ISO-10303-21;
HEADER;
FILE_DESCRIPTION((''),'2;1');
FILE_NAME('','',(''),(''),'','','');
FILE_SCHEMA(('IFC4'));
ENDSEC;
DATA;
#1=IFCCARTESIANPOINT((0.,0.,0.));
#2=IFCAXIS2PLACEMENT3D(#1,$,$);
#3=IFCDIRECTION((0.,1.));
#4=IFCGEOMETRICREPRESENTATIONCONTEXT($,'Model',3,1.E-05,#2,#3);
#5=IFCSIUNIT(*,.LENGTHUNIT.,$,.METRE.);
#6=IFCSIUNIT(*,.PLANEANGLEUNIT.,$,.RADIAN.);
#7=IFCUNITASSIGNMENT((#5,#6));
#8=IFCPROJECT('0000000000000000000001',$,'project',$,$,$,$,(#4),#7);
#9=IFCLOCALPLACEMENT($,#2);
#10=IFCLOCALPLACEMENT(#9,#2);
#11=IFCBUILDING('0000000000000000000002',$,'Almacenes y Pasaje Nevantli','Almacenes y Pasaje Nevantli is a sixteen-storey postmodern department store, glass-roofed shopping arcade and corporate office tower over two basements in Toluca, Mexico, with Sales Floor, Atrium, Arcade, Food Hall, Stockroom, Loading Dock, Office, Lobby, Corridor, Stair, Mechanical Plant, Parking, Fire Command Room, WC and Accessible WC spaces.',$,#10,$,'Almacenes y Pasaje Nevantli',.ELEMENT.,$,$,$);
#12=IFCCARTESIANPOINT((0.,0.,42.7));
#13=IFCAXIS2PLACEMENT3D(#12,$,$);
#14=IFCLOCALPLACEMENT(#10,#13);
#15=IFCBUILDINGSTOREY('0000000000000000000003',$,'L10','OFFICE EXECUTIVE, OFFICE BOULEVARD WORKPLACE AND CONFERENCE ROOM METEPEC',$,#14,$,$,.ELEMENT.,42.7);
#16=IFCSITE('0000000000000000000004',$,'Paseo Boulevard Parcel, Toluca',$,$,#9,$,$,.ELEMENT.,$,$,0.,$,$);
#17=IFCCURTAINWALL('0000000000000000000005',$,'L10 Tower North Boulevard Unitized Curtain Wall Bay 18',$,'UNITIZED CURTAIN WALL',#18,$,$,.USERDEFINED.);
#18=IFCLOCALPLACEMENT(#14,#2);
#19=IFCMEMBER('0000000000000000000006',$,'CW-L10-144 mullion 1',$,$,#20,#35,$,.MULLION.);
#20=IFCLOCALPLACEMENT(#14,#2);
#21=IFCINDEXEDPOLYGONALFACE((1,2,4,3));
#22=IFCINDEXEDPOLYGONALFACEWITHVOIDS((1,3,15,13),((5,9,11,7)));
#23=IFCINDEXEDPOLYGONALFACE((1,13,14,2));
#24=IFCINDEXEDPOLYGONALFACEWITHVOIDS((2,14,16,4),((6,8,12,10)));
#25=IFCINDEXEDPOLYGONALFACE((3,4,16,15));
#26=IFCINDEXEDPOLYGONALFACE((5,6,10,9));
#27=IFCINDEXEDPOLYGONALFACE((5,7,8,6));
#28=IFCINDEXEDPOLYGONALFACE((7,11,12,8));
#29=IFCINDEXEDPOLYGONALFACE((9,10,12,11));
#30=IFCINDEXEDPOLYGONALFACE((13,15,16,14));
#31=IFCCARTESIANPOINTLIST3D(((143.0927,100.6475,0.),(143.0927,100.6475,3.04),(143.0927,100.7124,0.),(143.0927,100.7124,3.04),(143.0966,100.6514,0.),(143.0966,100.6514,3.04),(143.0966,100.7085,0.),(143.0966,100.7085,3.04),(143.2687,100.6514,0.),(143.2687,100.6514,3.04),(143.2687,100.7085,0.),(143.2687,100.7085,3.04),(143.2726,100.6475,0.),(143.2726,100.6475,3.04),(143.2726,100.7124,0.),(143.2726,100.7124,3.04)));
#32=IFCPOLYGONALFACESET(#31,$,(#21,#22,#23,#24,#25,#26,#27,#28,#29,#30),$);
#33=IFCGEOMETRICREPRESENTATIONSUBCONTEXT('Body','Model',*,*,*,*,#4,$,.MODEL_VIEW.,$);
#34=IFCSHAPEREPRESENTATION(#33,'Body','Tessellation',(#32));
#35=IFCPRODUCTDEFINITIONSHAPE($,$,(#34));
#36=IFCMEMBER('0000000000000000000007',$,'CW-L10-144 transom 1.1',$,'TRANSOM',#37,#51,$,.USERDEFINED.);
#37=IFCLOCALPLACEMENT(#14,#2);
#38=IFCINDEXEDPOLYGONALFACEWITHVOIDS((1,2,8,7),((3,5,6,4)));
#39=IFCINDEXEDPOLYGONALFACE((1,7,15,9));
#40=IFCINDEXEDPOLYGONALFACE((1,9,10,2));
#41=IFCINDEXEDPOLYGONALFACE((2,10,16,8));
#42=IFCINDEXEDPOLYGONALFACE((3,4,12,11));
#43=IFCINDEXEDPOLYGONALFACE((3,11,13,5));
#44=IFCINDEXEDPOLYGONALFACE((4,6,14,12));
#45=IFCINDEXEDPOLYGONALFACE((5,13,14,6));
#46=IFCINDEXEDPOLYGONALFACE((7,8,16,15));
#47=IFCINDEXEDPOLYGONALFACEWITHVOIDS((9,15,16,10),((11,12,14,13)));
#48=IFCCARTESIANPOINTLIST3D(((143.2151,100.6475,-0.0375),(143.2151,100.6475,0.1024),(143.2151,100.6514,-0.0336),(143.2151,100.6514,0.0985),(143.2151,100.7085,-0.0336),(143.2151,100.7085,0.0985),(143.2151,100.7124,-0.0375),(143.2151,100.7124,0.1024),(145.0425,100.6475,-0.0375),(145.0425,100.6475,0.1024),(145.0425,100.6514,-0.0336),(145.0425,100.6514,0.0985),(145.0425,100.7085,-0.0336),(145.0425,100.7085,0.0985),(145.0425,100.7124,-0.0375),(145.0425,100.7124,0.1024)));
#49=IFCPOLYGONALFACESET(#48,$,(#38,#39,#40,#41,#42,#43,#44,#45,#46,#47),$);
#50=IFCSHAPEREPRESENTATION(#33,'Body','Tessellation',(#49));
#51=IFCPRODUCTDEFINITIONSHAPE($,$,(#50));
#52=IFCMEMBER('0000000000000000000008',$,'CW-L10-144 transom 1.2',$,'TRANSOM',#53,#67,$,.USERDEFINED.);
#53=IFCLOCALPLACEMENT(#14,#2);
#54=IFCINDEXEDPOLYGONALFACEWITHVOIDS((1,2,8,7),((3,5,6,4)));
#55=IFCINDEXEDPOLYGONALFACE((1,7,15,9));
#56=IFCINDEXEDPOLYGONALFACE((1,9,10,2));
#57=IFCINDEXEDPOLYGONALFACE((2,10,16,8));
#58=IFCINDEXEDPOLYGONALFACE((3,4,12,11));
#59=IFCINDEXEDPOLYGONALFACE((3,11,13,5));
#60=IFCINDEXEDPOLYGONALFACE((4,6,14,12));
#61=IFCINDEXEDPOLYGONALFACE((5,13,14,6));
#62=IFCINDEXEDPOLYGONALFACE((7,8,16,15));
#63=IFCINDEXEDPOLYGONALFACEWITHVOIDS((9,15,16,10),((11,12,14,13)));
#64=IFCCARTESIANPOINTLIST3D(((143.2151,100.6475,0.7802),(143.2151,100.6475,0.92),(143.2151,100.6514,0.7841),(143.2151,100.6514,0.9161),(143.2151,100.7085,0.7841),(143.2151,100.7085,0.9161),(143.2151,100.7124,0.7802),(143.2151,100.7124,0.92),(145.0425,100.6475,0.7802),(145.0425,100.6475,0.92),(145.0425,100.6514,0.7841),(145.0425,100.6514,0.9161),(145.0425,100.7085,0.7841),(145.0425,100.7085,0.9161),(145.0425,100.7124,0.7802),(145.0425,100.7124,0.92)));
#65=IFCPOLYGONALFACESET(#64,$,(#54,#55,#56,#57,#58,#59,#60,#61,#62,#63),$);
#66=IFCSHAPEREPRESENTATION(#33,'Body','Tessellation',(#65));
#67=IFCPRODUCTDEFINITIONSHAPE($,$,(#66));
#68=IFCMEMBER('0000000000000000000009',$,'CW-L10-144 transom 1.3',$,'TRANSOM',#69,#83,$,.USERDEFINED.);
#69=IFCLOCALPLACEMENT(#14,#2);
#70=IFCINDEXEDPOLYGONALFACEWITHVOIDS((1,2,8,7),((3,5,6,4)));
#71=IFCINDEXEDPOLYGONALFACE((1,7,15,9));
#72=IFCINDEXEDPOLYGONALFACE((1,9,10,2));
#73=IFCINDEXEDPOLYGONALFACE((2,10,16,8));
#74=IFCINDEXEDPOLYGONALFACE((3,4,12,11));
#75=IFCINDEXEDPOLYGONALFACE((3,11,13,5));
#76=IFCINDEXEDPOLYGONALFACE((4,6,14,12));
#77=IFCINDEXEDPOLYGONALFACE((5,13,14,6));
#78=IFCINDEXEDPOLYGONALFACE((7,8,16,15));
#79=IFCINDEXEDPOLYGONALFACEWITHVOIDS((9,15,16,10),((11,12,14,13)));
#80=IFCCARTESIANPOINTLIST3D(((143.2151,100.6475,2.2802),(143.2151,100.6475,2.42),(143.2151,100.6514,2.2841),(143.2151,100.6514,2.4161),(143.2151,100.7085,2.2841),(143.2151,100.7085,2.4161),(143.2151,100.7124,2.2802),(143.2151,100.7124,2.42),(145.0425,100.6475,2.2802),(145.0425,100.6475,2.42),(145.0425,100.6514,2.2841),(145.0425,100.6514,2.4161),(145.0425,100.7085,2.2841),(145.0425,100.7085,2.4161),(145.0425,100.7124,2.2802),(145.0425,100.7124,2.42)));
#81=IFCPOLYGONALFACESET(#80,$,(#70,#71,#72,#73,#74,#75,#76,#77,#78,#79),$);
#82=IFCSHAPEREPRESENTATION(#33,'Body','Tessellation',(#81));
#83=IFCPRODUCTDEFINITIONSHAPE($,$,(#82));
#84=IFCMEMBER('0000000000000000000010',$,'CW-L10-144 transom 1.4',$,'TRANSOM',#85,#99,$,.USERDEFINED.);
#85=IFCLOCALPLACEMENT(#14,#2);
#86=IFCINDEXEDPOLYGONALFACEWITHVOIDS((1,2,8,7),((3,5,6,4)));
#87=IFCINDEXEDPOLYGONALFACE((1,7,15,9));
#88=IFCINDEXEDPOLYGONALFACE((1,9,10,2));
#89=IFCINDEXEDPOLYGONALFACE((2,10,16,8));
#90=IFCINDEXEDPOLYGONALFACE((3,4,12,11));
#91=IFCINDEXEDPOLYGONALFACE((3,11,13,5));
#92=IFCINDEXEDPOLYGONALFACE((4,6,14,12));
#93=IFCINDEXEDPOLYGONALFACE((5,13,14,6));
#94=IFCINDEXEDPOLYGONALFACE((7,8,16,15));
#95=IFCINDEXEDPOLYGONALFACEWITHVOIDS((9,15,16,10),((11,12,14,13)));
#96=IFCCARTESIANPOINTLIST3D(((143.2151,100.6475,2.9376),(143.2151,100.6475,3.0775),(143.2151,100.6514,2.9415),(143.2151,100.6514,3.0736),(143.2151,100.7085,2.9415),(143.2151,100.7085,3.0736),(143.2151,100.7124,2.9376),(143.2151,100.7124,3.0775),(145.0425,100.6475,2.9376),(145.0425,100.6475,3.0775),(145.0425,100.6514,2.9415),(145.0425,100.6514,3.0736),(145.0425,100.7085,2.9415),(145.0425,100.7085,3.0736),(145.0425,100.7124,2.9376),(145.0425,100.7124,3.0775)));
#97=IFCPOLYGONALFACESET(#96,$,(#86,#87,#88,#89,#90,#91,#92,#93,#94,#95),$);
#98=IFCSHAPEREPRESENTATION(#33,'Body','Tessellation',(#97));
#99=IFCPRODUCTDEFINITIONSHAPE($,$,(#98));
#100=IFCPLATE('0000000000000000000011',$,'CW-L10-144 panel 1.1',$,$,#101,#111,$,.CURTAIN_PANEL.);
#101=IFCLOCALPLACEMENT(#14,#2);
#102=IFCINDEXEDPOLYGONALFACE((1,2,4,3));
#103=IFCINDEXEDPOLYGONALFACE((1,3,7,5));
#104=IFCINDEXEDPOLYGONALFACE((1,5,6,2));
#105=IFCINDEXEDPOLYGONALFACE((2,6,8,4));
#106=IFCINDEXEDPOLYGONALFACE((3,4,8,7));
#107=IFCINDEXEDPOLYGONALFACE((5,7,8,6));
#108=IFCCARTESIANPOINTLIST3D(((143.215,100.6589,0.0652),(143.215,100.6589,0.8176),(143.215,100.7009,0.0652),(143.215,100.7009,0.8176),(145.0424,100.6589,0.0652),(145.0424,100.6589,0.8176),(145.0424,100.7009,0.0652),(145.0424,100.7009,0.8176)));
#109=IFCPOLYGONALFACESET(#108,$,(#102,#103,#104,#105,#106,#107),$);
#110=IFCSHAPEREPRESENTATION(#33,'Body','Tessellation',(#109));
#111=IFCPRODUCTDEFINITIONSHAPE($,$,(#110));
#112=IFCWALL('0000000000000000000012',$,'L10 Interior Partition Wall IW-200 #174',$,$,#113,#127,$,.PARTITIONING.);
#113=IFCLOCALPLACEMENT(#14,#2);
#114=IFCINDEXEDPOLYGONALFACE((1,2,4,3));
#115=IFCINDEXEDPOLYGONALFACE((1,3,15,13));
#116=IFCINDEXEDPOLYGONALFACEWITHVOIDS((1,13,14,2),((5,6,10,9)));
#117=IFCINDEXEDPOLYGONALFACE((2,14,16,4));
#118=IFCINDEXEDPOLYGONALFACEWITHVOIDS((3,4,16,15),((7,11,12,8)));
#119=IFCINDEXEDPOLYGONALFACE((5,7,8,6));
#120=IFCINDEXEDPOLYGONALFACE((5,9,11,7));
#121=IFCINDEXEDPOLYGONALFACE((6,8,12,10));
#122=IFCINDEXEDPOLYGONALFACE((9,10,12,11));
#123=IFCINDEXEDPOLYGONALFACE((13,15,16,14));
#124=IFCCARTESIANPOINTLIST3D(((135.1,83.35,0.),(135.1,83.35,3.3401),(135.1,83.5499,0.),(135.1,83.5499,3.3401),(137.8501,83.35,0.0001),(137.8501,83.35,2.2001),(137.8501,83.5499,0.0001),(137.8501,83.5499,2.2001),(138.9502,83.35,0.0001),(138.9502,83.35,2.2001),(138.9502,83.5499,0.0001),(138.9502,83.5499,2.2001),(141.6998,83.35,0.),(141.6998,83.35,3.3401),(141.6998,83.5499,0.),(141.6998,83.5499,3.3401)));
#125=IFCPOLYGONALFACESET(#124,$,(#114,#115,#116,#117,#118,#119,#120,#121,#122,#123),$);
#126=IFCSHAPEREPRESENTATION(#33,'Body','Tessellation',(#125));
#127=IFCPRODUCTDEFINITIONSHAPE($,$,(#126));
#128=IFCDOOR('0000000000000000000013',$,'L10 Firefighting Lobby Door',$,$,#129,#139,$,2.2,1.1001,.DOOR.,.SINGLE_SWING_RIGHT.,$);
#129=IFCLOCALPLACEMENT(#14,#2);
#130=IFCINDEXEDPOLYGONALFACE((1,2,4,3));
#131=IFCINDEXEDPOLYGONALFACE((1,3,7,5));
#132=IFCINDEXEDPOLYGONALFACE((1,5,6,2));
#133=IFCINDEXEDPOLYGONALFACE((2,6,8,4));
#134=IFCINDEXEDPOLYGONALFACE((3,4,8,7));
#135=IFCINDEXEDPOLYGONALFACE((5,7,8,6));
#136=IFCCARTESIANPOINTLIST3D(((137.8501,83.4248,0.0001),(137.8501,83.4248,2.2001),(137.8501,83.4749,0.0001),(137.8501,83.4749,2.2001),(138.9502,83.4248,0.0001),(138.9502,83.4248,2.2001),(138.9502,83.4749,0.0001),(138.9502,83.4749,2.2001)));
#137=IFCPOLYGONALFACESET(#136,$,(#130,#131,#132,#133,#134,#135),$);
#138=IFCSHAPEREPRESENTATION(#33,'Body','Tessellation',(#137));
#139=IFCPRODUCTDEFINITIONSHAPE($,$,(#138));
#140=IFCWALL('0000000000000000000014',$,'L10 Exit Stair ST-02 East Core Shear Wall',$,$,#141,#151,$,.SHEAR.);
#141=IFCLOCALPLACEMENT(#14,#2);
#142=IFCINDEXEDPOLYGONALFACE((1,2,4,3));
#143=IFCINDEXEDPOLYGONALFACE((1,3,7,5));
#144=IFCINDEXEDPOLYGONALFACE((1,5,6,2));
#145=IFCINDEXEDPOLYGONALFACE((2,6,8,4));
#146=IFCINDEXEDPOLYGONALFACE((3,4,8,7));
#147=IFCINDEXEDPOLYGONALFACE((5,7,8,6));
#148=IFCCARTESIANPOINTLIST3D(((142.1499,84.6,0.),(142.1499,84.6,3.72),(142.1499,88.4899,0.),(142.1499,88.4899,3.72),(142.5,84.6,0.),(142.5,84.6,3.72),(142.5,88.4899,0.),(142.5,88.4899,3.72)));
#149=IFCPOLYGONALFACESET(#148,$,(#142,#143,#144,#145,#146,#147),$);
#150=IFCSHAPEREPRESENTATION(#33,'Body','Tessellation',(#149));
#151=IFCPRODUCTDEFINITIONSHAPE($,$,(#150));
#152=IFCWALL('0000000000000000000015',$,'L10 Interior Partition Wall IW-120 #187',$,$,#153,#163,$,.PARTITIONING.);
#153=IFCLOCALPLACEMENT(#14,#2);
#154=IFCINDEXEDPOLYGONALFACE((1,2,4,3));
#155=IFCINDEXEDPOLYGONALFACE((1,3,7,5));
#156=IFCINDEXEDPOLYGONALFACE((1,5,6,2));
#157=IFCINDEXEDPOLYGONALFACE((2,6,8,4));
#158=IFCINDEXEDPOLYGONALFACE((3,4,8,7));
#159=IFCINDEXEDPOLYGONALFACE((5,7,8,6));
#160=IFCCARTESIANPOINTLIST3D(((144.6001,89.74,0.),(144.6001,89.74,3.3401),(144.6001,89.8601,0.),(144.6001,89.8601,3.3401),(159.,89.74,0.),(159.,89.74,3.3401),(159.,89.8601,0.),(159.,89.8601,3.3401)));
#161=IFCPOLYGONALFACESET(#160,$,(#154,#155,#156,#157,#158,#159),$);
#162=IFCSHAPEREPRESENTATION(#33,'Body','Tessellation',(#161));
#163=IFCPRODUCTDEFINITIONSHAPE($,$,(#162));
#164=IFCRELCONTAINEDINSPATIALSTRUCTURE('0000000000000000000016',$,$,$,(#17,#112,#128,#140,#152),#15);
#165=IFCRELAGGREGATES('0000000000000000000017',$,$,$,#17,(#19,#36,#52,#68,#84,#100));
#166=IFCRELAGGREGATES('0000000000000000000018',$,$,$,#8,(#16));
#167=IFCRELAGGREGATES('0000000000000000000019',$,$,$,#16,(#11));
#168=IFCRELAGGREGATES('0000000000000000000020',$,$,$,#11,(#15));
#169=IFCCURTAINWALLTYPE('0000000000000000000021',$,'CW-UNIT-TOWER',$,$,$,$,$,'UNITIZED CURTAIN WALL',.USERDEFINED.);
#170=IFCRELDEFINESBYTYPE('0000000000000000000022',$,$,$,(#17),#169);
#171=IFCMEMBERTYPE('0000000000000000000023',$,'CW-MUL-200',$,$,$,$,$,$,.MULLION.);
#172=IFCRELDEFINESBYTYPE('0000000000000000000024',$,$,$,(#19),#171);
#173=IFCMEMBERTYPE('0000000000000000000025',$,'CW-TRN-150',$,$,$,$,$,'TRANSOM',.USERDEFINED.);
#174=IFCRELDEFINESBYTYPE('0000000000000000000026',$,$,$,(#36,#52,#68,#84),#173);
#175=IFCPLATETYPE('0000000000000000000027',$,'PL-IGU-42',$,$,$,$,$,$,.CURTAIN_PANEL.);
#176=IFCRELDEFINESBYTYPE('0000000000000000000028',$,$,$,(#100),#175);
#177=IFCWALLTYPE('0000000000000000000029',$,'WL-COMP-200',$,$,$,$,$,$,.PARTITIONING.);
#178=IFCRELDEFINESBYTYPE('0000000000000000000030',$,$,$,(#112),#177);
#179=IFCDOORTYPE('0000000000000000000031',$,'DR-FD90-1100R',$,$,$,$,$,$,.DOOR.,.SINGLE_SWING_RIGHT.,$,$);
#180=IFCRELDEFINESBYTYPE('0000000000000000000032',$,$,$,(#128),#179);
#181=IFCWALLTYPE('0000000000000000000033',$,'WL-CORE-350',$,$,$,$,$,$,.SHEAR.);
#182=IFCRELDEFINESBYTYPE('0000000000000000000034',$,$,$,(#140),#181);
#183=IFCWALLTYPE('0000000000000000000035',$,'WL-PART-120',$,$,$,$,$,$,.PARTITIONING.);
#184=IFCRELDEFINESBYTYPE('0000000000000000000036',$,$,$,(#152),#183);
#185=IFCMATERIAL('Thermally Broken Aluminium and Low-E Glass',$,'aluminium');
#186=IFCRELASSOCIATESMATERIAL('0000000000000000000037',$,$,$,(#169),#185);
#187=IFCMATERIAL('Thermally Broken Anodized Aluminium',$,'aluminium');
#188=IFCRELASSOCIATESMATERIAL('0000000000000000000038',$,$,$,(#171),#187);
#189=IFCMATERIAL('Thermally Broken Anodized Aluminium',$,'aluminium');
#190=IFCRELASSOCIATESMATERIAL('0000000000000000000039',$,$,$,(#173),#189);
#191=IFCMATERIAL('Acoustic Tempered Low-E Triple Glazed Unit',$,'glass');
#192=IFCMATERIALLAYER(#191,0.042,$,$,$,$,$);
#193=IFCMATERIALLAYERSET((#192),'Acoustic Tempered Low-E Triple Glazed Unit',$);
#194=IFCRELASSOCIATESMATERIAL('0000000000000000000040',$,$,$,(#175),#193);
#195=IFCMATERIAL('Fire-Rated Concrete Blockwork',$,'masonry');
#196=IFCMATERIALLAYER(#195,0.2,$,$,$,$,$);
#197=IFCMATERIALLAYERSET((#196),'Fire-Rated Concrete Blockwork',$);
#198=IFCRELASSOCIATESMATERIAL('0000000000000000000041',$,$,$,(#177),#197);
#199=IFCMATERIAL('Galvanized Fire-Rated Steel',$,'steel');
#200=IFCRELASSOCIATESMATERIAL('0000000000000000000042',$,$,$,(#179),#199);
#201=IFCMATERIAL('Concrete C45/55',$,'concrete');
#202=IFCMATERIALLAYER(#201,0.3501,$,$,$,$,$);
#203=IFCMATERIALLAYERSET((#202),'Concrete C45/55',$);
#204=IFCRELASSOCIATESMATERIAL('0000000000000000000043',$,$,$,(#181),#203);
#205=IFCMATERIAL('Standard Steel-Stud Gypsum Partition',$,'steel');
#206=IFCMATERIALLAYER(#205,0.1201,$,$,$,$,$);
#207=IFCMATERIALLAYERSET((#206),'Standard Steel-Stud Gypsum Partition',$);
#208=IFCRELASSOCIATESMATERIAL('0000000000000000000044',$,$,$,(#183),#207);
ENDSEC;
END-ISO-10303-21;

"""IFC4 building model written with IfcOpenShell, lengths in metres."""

from ifc_helpers import new_model, si_unit, direction, frame, frame_2d, origin, origin_2d, place, context, subcontext, project, spatial, rectangle, hollow_rectangle, extrude, material, layer, layer_set, material_profile, profile_set, type_object, element, fill, aggregate, save


model = new_model("IFC4")

# Units and contexts
model_context = context("Model", 3, precision=1e-05, world=origin(), true_north=direction((0.0, 1.0)))
body_context = subcontext(model_context, "Body", "Model", "MODEL_VIEW")
ifc_project = project(units=[si_unit("LENGTHUNIT", "METRE"), si_unit("PLANEANGLEUNIT", "RADIAN")], contexts=[model_context])

# Site, building, storey
site_placement = place(None, origin())
site = spatial("IfcSite", under=ifc_project, at=site_placement, Name="Paseo Boulevard Parcel, Toluca", CompositionType="ELEMENT", RefElevation=0.0)
building_placement = place(site_placement, origin())
building = spatial("IfcBuilding", under=site, at=building_placement, Name="Almacenes y Pasaje Nevantli", Description="Almacenes y Pasaje Nevantli is a sixteen-storey postmodern department store, glass-roofed shopping arcade and corporate office tower over two basements in Toluca, Mexico, with Sales Floor, Atrium, Arcade, Food Hall, Stockroom, Loading Dock, Office, Lobby, Corridor, Stair, Mechanical Plant, Parking, Fire Command Room, WC and Accessible WC spaces.", LongName="Almacenes y Pasaje Nevantli", CompositionType="ELEMENT")
storey_placement = place(building_placement, frame((0.0, 0.0, 42.7)))
storey = spatial("IfcBuildingStorey", under=building, at=storey_placement, Name="L10", Description="OFFICE EXECUTIVE, OFFICE BOULEVARD WORKPLACE AND CONFERENCE ROOM METEPEC", CompositionType="ELEMENT", Elevation=42.7)

# Curtain wall, members, plate
ifc_material_1 = material(Name="Thermally Broken Aluminium and Low-E Glass", Category="aluminium")
curtain_wall_type = type_object("IfcCurtainWallType", Name="CW-UNIT-TOWER", ElementType="UNITIZED CURTAIN WALL", PredefinedType="USERDEFINED", material=ifc_material_1)
curtain_wall_placement = place(storey_placement, origin())
curtain_wall = element("IfcCurtainWall", 1, at=curtain_wall_placement, inside=storey, type_object=curtain_wall_type, Name="L10 Tower North Boulevard Unitized Curtain Wall Bay 18", ObjectType="UNITIZED CURTAIN WALL", PredefinedType="USERDEFINED")
ifc_material_2 = material(Name="Thermally Broken Anodized Aluminium", Category="aluminium")
ifc_material_profile_1 = material_profile(ifc_material_2, hollow_rectangle(XDim=0.0649, YDim=0.1799, WallThickness=0.0039, at=origin_2d()), Name="ALU-MUL-65x180")
ifc_profile_set_1 = profile_set([ifc_material_profile_1], Name="Thermally Broken Anodized Aluminium")
member_type_1 = type_object("IfcMemberType", Name="CW-MUL-200", PredefinedType="MULLION", material=ifc_profile_set_1)
member_1_placement = place(storey_placement, frame((143.1826, 100.6799, 0.0), z_axis=(0.0, 0.0, 1.0), x_axis=(0.0, 1.0, 0.0)))
member_1 = element("IfcMember", 2, at=member_1_placement, type_object=member_type_1, Name="CW-L10-144 mullion 1", PredefinedType="MULLION", context=body_context, shape_type="SweptSolid", body=[
    extrude(hollow_rectangle(XDim=0.0649, YDim=0.1799, WallThickness=0.0039, at=origin_2d()), origin(), (0.0, 0.0, 1.0), 3.04),
])
ifc_material_3 = material(Name="Thermally Broken Anodized Aluminium", Category="aluminium")
ifc_material_profile_2 = material_profile(ifc_material_3, hollow_rectangle(XDim=0.0649, YDim=0.1399, WallThickness=0.0039, at=origin_2d()), Name="ALU-TRN-65x140")
ifc_profile_set_2 = profile_set([ifc_material_profile_2], Name="Thermally Broken Anodized Aluminium")
member_type_2 = type_object("IfcMemberType", Name="CW-TRN-150", ElementType="TRANSOM", PredefinedType="USERDEFINED", material=ifc_profile_set_2)
member_2_placement = place(storey_placement, frame((143.2151, 100.6799, 0.0325), z_axis=(1.0, 0.0, 0.0), x_axis=(0.0, 1.0, 0.0)))
member_2 = element("IfcMember", 3, at=member_2_placement, type_object=member_type_2, Name="CW-L10-144 transom 1.1", ObjectType="TRANSOM", PredefinedType="USERDEFINED", context=body_context, shape_type="SweptSolid", body=[
    extrude(hollow_rectangle(XDim=0.0649, YDim=0.1399, WallThickness=0.0039, at=origin_2d()), origin(), (0.0, 0.0, 1.0), 1.8274),
])
member_3_placement = place(storey_placement, frame((143.2151, 100.6799, 0.8501), z_axis=(1.0, 0.0, 0.0), x_axis=(0.0, 1.0, 0.0)))
member_3 = element("IfcMember", 4, at=member_3_placement, type_object=member_type_2, Name="CW-L10-144 transom 1.2", ObjectType="TRANSOM", PredefinedType="USERDEFINED", context=body_context, shape_type="SweptSolid", body=[
    extrude(hollow_rectangle(XDim=0.0649, YDim=0.1399, WallThickness=0.0039, at=origin_2d()), origin(), (0.0, 0.0, 1.0), 1.8274),
])
member_4_placement = place(storey_placement, frame((143.2151, 100.6799, 2.3501), z_axis=(1.0, 0.0, 0.0), x_axis=(0.0, 1.0, 0.0)))
member_4 = element("IfcMember", 5, at=member_4_placement, type_object=member_type_2, Name="CW-L10-144 transom 1.3", ObjectType="TRANSOM", PredefinedType="USERDEFINED", context=body_context, shape_type="SweptSolid", body=[
    extrude(hollow_rectangle(XDim=0.0649, YDim=0.1399, WallThickness=0.0039, at=origin_2d()), origin(), (0.0, 0.0, 1.0), 1.8274),
])
member_5_placement = place(storey_placement, frame((143.2151, 100.6799, 3.0076), z_axis=(1.0, 0.0, 0.0), x_axis=(0.0, 1.0, 0.0)))
member_5 = element("IfcMember", 6, at=member_5_placement, type_object=member_type_2, Name="CW-L10-144 transom 1.4", ObjectType="TRANSOM", PredefinedType="USERDEFINED", context=body_context, shape_type="SweptSolid", body=[
    extrude(hollow_rectangle(XDim=0.0649, YDim=0.1399, WallThickness=0.0039, at=origin_2d()), origin(), (0.0, 0.0, 1.0), 1.8274),
])
ifc_material_4 = material(Name="Acoustic Tempered Low-E Triple Glazed Unit", Category="glass")
ifc_layer_1 = layer(ifc_material_4, 0.042)
ifc_layer_set_1 = layer_set([ifc_layer_1], Name="Acoustic Tempered Low-E Triple Glazed Unit")
plate_type = type_object("IfcPlateType", Name="PL-IGU-42", PredefinedType="CURTAIN_PANEL", material=ifc_layer_set_1)
plate_placement = place(storey_placement, frame((144.1287, 100.6799, 0.0652), z_axis=(0.0, 0.0, 1.0), x_axis=(1.0, 0.0, 0.0)))
plate = element("IfcPlate", 7, at=plate_placement, type_object=plate_type, Name="CW-L10-144 panel 1.1", PredefinedType="CURTAIN_PANEL", context=body_context, shape_type="SweptSolid", body=[
    extrude(rectangle(XDim=1.8274, YDim=0.042, at=origin_2d()), origin(), (0.0, 0.0, 1.0), 0.7524),
])
aggregate(curtain_wall, [member_1, member_2, member_3, member_4, member_5, plate])

# Wall, opening, door
ifc_material_5 = material(Name="Fire-Rated Concrete Blockwork", Category="masonry")
ifc_layer_2 = layer(ifc_material_5, 0.2)
ifc_layer_set_2 = layer_set([ifc_layer_2], Name="Fire-Rated Concrete Blockwork")
wall_type_1 = type_object("IfcWallType", Name="WL-COMP-200", PredefinedType="PARTITIONING", material=ifc_layer_set_2)
wall_1_placement = place(storey_placement, frame((135.1001, 83.45, 0.0), z_axis=(0.0, 0.0, 1.0), x_axis=(1.0, 0.0, 0.0)))
wall_1 = element("IfcWall", 8, at=wall_1_placement, inside=storey, type_object=wall_type_1, Name="L10 Interior Partition Wall IW-200 #174", PredefinedType="PARTITIONING", context=body_context, shape_type="SweptSolid", body=[
    extrude(rectangle(XDim=6.5999, YDim=0.2, at=frame_2d((3.2998, 0.0))), origin(), (0.0, 0.0, 1.0), 3.3401),
])
opening_placement = place(wall_1_placement, frame((2.75, 0.0, 0.0)))
opening = element("IfcOpeningElement", 9, at=opening_placement, cuts=wall_1, PredefinedType="OPENING", context=body_context, shape_type="SweptSolid", body=[
    extrude(rectangle(XDim=1.1001, YDim=2.2, at=frame_2d((0.55, 1.1001))), frame((0.0, 0.1099, 0.0), z_axis=(0.0, -1.0, 0.0), x_axis=(1.0, 0.0, 0.0)), (0.0, 0.0, 1.0), 0.22),
])
ifc_material_6 = material(Name="Galvanized Fire-Rated Steel", Category="steel")
door_type = type_object("IfcDoorType", Name="DR-FD90-1100R", OperationType="SINGLE_SWING_RIGHT", PredefinedType="DOOR", material=ifc_material_6)
door_placement = place(opening_placement, origin())
door = element("IfcDoor", 10, at=door_placement, inside=storey, type_object=door_type, Name="L10 Firefighting Lobby Door", OperationType="SINGLE_SWING_RIGHT", OverallHeight=2.2, OverallWidth=1.1001, PredefinedType="DOOR", context=body_context, shape_type="SweptSolid", body=[
    extrude(rectangle(XDim=1.1001, YDim=2.2, at=frame_2d((0.55, 1.1001))), frame((0.0, 0.0249, 0.0), z_axis=(0.0, -1.0, 0.0), x_axis=(1.0, 0.0, 0.0)), (0.0, 0.0, 1.0), 0.05),
])
fill(opening, door)

# Walls
ifc_material_7 = material(Name="Concrete C45/55", Category="concrete")
ifc_layer_3 = layer(ifc_material_7, 0.3501)
ifc_layer_set_3 = layer_set([ifc_layer_3], Name="Concrete C45/55")
wall_type_2 = type_object("IfcWallType", Name="WL-CORE-350", PredefinedType="SHEAR", material=ifc_layer_set_3)
wall_2_placement = place(storey_placement, frame((142.325, 84.6001, 0.0), z_axis=(0.0, 0.0, 1.0), x_axis=(0.0, 1.0, 0.0)))
element("IfcWall", 11, at=wall_2_placement, inside=storey, type_object=wall_type_2, Name="L10 Exit Stair ST-02 East Core Shear Wall", PredefinedType="SHEAR", context=body_context, shape_type="SweptSolid", body=[
    extrude(rectangle(XDim=3.8899, YDim=0.3501, at=frame_2d((1.9448, 0.0))), origin(), (0.0, 0.0, 1.0), 3.72),
])
ifc_material_8 = material(Name="Standard Steel-Stud Gypsum Partition", Category="steel")
ifc_layer_4 = layer(ifc_material_8, 0.1201)
ifc_layer_set_4 = layer_set([ifc_layer_4], Name="Standard Steel-Stud Gypsum Partition")
wall_type_3 = type_object("IfcWallType", Name="WL-PART-120", PredefinedType="PARTITIONING", material=ifc_layer_set_4)
wall_3_placement = place(storey_placement, frame((144.6001, 89.8, 0.0), z_axis=(0.0, 0.0, 1.0), x_axis=(1.0, 0.0, 0.0)))
element("IfcWall", 12, at=wall_3_placement, inside=storey, type_object=wall_type_3, Name="L10 Interior Partition Wall IW-120 #187", PredefinedType="PARTITIONING", context=body_context, shape_type="SweptSolid", body=[
    extrude(rectangle(XDim=14.3999, YDim=0.1201, at=frame_2d((7.2, 0.0))), origin(), (0.0, 0.0, 1.0), 3.3401),
])

save(model, "model.ifc")
